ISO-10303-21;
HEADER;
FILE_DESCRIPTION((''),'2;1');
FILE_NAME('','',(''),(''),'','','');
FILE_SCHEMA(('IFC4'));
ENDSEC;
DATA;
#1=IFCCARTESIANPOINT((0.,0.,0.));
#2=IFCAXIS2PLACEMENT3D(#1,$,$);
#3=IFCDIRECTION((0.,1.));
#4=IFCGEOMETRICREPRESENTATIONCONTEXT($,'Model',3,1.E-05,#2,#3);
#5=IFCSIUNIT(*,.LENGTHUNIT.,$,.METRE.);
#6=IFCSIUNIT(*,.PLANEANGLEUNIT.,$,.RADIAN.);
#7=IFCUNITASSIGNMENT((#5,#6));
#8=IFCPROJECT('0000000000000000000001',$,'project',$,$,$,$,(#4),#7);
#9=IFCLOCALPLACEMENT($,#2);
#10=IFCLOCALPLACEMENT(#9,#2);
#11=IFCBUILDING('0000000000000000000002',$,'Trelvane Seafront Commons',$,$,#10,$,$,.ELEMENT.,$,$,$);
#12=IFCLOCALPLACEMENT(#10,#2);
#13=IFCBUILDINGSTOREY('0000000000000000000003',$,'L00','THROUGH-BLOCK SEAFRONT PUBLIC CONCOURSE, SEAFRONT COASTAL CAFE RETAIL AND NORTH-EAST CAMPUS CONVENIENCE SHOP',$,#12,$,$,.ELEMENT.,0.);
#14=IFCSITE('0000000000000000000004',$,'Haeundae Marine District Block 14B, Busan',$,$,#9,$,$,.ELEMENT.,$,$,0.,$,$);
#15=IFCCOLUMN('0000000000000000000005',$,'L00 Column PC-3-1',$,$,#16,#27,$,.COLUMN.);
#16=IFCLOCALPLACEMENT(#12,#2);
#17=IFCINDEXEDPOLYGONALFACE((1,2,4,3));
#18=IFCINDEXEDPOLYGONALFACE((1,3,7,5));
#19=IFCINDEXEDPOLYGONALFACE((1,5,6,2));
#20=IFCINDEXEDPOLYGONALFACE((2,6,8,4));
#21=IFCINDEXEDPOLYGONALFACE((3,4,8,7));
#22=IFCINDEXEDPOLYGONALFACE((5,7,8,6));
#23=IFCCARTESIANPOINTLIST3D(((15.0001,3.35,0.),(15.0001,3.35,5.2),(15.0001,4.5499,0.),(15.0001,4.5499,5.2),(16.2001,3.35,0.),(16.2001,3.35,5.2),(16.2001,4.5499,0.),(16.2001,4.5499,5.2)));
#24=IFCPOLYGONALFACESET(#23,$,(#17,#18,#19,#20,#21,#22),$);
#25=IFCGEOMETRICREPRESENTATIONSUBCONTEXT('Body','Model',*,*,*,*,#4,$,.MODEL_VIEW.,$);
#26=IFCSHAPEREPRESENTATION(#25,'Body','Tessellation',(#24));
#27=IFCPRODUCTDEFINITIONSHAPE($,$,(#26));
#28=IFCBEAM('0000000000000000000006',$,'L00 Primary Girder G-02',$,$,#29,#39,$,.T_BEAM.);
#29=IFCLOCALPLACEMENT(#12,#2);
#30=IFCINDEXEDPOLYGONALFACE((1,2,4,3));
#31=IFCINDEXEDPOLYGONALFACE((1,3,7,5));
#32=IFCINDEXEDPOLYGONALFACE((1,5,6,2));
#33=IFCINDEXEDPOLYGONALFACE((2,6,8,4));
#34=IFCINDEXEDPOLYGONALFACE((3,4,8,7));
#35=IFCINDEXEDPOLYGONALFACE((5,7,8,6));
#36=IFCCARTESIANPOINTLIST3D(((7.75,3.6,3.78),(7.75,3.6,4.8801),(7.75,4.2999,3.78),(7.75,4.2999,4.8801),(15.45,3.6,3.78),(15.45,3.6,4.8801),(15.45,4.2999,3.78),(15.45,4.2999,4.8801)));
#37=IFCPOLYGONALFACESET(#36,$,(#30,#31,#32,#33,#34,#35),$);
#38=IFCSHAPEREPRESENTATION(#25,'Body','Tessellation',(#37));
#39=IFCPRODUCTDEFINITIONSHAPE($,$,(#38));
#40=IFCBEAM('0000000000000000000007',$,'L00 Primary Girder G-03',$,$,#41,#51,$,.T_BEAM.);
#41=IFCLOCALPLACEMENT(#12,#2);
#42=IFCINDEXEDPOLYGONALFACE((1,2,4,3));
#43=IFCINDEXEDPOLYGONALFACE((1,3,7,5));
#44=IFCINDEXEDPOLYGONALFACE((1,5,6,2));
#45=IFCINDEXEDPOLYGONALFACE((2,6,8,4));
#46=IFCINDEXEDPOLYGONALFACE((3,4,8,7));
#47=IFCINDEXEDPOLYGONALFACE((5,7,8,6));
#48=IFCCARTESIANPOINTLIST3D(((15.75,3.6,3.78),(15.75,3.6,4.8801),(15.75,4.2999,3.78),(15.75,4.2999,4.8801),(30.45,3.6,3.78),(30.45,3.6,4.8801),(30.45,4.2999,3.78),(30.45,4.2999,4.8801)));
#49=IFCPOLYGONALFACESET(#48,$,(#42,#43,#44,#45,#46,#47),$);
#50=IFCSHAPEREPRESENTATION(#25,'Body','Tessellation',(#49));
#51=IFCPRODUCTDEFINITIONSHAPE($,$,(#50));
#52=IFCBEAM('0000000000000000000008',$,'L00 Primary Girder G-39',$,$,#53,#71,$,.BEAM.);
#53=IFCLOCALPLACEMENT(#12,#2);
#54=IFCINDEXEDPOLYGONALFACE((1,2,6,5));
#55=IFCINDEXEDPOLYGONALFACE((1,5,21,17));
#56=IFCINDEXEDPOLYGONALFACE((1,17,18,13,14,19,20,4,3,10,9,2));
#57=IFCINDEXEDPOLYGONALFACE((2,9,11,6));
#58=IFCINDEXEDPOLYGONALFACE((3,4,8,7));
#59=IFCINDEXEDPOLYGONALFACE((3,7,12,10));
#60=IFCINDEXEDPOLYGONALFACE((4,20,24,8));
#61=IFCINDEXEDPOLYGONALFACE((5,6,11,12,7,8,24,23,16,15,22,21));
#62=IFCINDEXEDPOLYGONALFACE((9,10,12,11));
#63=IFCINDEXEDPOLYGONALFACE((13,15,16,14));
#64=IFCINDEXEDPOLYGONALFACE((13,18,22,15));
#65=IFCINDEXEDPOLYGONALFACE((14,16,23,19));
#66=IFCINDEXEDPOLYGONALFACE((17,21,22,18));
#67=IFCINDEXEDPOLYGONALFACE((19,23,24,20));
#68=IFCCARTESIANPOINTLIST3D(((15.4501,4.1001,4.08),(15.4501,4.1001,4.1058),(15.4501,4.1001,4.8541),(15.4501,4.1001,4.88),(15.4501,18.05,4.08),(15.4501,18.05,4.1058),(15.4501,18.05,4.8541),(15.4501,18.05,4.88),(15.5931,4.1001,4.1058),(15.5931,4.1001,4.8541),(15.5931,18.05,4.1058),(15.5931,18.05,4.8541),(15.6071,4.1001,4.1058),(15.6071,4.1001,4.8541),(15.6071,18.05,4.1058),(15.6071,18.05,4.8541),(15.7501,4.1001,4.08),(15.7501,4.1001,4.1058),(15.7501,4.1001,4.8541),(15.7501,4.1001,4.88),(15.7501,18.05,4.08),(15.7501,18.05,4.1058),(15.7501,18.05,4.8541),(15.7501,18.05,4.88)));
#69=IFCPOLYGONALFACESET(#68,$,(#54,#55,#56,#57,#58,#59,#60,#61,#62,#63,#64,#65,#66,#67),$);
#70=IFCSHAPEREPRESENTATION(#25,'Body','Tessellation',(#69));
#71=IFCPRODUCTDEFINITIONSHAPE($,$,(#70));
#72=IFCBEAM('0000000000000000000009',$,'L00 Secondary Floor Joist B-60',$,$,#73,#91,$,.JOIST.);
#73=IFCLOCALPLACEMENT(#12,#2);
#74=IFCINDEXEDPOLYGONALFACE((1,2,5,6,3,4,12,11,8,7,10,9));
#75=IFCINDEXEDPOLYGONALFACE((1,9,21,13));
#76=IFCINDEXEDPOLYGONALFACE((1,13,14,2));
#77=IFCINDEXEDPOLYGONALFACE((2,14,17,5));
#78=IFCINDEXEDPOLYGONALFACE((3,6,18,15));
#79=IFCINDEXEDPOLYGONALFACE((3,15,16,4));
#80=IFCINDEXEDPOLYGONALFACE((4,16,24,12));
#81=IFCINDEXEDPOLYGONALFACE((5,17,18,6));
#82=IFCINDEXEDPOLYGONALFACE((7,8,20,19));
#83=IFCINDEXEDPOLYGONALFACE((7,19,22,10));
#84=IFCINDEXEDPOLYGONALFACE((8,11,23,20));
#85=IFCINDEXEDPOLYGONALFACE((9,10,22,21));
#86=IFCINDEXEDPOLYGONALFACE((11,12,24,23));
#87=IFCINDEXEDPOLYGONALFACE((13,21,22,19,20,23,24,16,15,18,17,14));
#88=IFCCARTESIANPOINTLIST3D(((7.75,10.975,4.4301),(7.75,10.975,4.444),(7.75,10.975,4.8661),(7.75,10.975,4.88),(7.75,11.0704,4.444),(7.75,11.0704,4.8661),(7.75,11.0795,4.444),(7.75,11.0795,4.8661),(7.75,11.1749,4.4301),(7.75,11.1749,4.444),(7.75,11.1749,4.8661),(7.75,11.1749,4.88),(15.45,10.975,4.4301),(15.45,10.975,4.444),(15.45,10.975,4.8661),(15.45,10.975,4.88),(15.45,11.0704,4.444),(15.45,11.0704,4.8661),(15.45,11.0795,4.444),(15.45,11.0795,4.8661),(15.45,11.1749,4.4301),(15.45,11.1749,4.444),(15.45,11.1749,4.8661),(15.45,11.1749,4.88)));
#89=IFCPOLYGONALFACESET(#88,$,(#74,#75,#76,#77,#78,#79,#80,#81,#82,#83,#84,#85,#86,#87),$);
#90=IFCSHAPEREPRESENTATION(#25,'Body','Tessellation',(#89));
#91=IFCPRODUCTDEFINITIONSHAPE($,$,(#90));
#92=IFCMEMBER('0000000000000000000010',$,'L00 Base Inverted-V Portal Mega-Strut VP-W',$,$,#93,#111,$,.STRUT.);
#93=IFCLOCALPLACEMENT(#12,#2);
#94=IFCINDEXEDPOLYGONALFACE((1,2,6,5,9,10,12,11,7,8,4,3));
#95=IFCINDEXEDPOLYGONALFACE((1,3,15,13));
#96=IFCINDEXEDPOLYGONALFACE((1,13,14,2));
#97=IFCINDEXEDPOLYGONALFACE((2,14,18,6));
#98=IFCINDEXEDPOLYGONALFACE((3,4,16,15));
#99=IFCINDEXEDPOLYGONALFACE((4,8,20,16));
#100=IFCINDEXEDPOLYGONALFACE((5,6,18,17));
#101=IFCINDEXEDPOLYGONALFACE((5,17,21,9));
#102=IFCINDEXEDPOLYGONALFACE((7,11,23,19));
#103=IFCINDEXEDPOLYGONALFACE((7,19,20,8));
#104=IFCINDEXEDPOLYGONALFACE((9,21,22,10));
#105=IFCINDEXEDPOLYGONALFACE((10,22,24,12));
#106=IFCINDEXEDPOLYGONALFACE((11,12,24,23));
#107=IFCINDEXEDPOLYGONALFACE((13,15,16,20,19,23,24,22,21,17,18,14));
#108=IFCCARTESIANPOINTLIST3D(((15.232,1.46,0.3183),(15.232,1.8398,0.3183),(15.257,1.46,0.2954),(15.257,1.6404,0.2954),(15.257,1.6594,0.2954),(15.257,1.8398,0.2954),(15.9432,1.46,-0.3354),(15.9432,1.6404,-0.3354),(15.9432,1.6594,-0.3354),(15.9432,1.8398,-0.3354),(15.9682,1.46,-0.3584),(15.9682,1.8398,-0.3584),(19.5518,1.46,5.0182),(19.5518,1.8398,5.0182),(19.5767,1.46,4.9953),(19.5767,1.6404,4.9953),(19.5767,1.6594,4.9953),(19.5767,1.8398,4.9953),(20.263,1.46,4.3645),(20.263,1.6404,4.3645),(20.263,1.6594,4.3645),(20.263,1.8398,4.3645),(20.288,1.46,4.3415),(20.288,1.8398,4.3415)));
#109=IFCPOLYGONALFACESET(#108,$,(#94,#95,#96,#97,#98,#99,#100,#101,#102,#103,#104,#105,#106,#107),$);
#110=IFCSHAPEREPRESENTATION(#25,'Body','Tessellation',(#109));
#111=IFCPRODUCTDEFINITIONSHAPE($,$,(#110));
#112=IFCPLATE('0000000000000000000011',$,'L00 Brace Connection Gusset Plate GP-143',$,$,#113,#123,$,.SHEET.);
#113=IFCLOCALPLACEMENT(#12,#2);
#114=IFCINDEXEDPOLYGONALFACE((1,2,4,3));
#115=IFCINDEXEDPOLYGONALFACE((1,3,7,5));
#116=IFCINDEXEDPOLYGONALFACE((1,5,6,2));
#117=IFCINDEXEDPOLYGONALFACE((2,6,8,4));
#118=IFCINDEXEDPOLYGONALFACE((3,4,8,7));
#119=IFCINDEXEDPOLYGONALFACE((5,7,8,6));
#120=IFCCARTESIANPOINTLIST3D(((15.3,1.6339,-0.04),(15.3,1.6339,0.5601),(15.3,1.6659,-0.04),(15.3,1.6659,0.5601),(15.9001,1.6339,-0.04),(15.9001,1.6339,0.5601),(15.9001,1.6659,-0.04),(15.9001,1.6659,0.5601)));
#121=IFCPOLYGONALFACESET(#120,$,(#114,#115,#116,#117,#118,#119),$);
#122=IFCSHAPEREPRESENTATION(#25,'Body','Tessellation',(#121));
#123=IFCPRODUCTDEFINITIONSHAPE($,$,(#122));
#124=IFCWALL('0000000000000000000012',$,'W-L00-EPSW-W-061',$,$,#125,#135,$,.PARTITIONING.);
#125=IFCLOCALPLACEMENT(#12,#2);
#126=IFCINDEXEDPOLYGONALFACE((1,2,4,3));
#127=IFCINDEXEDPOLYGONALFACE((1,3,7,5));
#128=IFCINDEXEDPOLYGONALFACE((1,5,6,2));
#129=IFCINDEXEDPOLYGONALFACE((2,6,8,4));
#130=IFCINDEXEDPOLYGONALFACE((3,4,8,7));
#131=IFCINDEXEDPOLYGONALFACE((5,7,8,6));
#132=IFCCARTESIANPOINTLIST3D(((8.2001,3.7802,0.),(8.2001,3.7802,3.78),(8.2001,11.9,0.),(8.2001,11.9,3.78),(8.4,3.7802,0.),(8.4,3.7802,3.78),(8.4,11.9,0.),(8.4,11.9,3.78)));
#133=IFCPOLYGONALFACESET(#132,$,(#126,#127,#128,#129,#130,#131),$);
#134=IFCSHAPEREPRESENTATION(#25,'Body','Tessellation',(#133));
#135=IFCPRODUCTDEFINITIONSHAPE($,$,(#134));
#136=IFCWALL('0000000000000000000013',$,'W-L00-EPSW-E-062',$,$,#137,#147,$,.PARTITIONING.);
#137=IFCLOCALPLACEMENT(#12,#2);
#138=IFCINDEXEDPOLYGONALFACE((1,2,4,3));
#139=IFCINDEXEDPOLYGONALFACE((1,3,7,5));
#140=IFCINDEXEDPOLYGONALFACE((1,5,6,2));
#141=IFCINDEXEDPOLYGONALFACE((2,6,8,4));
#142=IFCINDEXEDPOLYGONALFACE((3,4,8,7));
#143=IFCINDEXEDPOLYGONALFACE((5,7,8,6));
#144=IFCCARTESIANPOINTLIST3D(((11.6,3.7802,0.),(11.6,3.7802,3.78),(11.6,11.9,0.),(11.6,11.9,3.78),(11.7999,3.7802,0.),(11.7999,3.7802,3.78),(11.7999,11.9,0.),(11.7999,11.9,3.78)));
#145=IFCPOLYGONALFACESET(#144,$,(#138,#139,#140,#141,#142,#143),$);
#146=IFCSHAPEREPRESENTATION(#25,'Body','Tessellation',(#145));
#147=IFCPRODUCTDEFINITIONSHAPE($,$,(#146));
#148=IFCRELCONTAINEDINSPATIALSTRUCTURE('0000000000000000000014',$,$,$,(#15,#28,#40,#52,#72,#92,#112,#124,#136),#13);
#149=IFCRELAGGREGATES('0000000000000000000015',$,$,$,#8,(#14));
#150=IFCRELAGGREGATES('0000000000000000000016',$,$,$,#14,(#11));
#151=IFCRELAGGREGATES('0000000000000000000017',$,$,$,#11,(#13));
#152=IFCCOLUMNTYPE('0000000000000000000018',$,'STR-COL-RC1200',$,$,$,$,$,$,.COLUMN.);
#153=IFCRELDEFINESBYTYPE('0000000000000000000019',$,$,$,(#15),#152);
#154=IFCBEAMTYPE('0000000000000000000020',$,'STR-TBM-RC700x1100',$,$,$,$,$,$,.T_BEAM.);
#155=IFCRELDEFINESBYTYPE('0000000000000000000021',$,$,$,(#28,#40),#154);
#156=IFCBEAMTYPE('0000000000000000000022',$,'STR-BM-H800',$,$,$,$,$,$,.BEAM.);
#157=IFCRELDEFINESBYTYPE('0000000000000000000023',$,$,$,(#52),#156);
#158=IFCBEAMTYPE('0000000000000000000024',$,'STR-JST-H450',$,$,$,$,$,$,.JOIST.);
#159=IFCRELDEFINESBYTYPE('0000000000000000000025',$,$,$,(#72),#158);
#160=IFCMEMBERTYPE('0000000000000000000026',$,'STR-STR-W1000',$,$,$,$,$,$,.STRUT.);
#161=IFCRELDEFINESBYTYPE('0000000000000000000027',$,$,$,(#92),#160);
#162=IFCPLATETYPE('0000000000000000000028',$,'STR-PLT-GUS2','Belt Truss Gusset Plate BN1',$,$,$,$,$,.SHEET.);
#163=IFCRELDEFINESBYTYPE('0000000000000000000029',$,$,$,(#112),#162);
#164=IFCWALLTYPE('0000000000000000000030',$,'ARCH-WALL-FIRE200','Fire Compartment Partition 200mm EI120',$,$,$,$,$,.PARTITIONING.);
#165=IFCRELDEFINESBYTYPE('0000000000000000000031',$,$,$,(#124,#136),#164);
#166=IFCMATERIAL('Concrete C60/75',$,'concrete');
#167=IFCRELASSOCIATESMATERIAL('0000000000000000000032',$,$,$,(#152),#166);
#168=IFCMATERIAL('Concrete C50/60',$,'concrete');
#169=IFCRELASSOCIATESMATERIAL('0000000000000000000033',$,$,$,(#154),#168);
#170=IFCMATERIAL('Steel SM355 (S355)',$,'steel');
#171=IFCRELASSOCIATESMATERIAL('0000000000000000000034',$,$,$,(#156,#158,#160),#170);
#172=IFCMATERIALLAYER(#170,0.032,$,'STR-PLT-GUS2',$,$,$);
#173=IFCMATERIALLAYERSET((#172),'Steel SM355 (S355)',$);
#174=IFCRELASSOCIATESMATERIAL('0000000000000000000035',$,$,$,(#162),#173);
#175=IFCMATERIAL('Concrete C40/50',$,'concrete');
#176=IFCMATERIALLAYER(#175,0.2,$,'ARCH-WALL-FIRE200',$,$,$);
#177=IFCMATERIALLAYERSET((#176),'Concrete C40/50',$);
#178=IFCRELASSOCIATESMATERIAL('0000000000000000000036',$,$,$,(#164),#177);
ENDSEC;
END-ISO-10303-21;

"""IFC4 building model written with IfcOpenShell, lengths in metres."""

from ifc_helpers import new_model, si_unit, direction, frame, frame_2d, origin, origin_2d, place, context, subcontext, project, spatial, rectangle, i_section, extrude, source, transform, mapped, material, layer, layer_set, material_profile, profile_set, type_object, element, save


model = new_model("IFC4")

# Units and contexts
model_context = context("Model", 3, precision=1e-05, world=origin(), true_north=direction((0.0, 1.0)))
body_context = subcontext(model_context, "Body", "Model", "MODEL_VIEW")
ifc_project = project(units=[si_unit("LENGTHUNIT", "METRE"), si_unit("PLANEANGLEUNIT", "RADIAN")], contexts=[model_context])

# Site, building, storey
site_placement = place(None, origin())
site = spatial("IfcSite", under=ifc_project, at=site_placement, Name="Haeundae Marine District Block 14B, Busan", CompositionType="ELEMENT", RefElevation=0.0)
building_placement = place(site_placement, origin())
building = spatial("IfcBuilding", under=site, at=building_placement, Name="Trelvane Seafront Commons", CompositionType="ELEMENT")
storey_placement = place(building_placement, origin())
storey = spatial("IfcBuildingStorey", under=building, at=storey_placement, Name="L00", Description="THROUGH-BLOCK SEAFRONT PUBLIC CONCOURSE, SEAFRONT COASTAL CAFE RETAIL AND NORTH-EAST CAMPUS CONVENIENCE SHOP", CompositionType="ELEMENT", Elevation=0.0)

# Column
ifc_material_1 = material(Name="Concrete C60/75", Category="concrete")
ifc_material_profile_1 = material_profile(ifc_material_1, rectangle(XDim=1.2, YDim=1.2, at=origin_2d()), Name="RC-1200x1200")
ifc_profile_set_1 = profile_set([ifc_material_profile_1], Name="Concrete C60/75")
column_type = type_object("IfcColumnType", Name="STR-COL-RC1200", PredefinedType="COLUMN", material=ifc_profile_set_1)
shared_shape_1 = source(origin(), body_context, "Body", "SweptSolid", [
    extrude(rectangle(XDim=1.2, YDim=1.2, at=origin_2d()), origin(), (0.0, 0.0, 1.0), 5.2),
])
column_placement = place(storey_placement, frame((15.6001, 3.95, 0.0), z_axis=(0.0, 0.0, 1.0), x_axis=(1.0, 0.0, 0.0)))
element("IfcColumn", 1, at=column_placement, inside=storey, type_object=column_type, Name="L00 Column PC-3-1", PredefinedType="COLUMN", context=body_context, shape_type="MappedRepresentation", body=[
    mapped(shared_shape_1, transform((0.0, 0.0, 0.0), x_axis=(1.0, 0.0, 0.0), y_axis=(0.0, 1.0, 0.0), z_axis=(0.0, 0.0, 1.0), scale=1.0)),
])

# Beams
ifc_material_2 = material(Name="Concrete C50/60", Category="concrete")
ifc_material_profile_2 = material_profile(ifc_material_2, rectangle(XDim=0.7, YDim=1.1001, at=origin_2d()), Name="RC-700x1100")
ifc_profile_set_2 = profile_set([ifc_material_profile_2], Name="Concrete C50/60")
beam_type_1 = type_object("IfcBeamType", Name="STR-TBM-RC700x1100", PredefinedType="T_BEAM", material=ifc_profile_set_2)
shared_shape_2 = source(origin(), body_context, "Body", "SweptSolid", [
    extrude(rectangle(XDim=0.7, YDim=1.1001, at=origin_2d()), origin(), (0.0, 0.0, 1.0), 7.7),
])
beam_1_placement = place(storey_placement, frame((7.75, 3.95, 4.3301), z_axis=(1.0, 0.0, 0.0), x_axis=(0.0, 1.0, 0.0)))
element("IfcBeam", 2, at=beam_1_placement, inside=storey, type_object=beam_type_1, Name="L00 Primary Girder G-02", PredefinedType="T_BEAM", context=body_context, shape_type="MappedRepresentation", body=[
    mapped(shared_shape_2, transform((0.0, 0.0, 0.0), x_axis=(1.0, 0.0, 0.0), y_axis=(0.0, 1.0, 0.0), z_axis=(0.0, 0.0, 1.0), scale=1.0)),
])
shared_shape_3 = source(origin(), body_context, "Body", "SweptSolid", [
    extrude(rectangle(XDim=0.7, YDim=1.1001, at=origin_2d()), origin(), (0.0, 0.0, 1.0), 14.7),
])
beam_2_placement = place(storey_placement, frame((15.75, 3.95, 4.3301), z_axis=(1.0, 0.0, 0.0), x_axis=(0.0, 1.0, 0.0)))
element("IfcBeam", 3, at=beam_2_placement, inside=storey, type_object=beam_type_1, Name="L00 Primary Girder G-03", PredefinedType="T_BEAM", context=body_context, shape_type="MappedRepresentation", body=[
    mapped(shared_shape_3, transform((0.0, 0.0, 0.0), x_axis=(1.0, 0.0, 0.0), y_axis=(0.0, 1.0, 0.0), z_axis=(0.0, 0.0, 1.0), scale=1.0)),
])
ifc_material_3 = material(Name="Steel SM355 (S355)", Category="steel")
ifc_material_profile_3 = material_profile(ifc_material_3, i_section(OverallWidth=0.3, OverallDepth=0.8, WebThickness=0.0139, FlangeThickness=0.0259, at=origin_2d()), Name="H-800x300x14x26")
ifc_profile_set_3 = profile_set([ifc_material_profile_3], Name="Steel SM355 (S355)")
beam_type_2 = type_object("IfcBeamType", Name="STR-BM-H800", PredefinedType="BEAM", material=ifc_profile_set_3)
shared_shape_4 = source(origin(), body_context, "Body", "SweptSolid", [
    extrude(i_section(OverallWidth=0.3, OverallDepth=0.8, WebThickness=0.0139, FlangeThickness=0.0259, at=origin_2d()), origin(), (0.0, 0.0, 1.0), 13.95),
])
beam_3_placement = place(storey_placement, frame((15.6001, 4.1001, 4.48), z_axis=(0.0, 1.0, 0.0), x_axis=(-1.0, 0.0, 0.0)))
element("IfcBeam", 4, at=beam_3_placement, inside=storey, type_object=beam_type_2, Name="L00 Primary Girder G-39", PredefinedType="BEAM", context=body_context, shape_type="MappedRepresentation", body=[
    mapped(shared_shape_4, transform((0.0, 0.0, 0.0), x_axis=(1.0, 0.0, 0.0), y_axis=(0.0, 1.0, 0.0), z_axis=(0.0, 0.0, 1.0), scale=1.0)),
])
ifc_material_profile_4 = material_profile(ifc_material_3, i_section(OverallWidth=0.2, OverallDepth=0.45, WebThickness=0.009, FlangeThickness=0.0139, at=origin_2d()), Name="H-450x200x9x14")
ifc_profile_set_4 = profile_set([ifc_material_profile_4], Name="Steel SM355 (S355)")
beam_type_3 = type_object("IfcBeamType", Name="STR-JST-H450", PredefinedType="JOIST", material=ifc_profile_set_4)
shared_shape_5 = source(origin(), body_context, "Body", "SweptSolid", [
    extrude(i_section(OverallWidth=0.2, OverallDepth=0.45, WebThickness=0.009, FlangeThickness=0.0139, at=origin_2d()), origin(), (0.0, 0.0, 1.0), 7.7),
])
beam_4_placement = place(storey_placement, frame((7.75, 11.075, 4.655), z_axis=(1.0, 0.0, 0.0), x_axis=(0.0, 1.0, 0.0)))
element("IfcBeam", 5, at=beam_4_placement, inside=storey, type_object=beam_type_3, Name="L00 Secondary Floor Joist B-60", PredefinedType="JOIST", context=body_context, shape_type="MappedRepresentation", body=[
    mapped(shared_shape_5, transform((0.0, 0.0, 0.0), x_axis=(1.0, 0.0, 0.0), y_axis=(0.0, 1.0, 0.0), z_axis=(0.0, 0.0, 1.0), scale=1.0)),
])

# Member
ifc_material_profile_5 = material_profile(ifc_material_3, i_section(OverallWidth=0.3799, OverallDepth=1.0, WebThickness=0.019, FlangeThickness=0.0339, at=origin_2d()), Name="W-1000x380x19x34")
ifc_profile_set_5 = profile_set([ifc_material_profile_5], Name="Steel SM355 (S355)")
member_type = type_object("IfcMemberType", Name="STR-STR-W1000", PredefinedType="STRUT", material=ifc_profile_set_5)
shared_shape_6 = source(origin(), body_context, "Body", "SweptSolid", [
    extrude(i_section(OverallWidth=0.3799, OverallDepth=1.0, WebThickness=0.019, FlangeThickness=0.0339, at=origin_2d()), origin(), (0.0, 0.0, 1.0), 6.3835),
])
member_placement = place(storey_placement, frame((15.6001, 1.6499, -0.02), z_axis=(0.676706, 0.0, 0.736253), x_axis=(0.0, 1.0, 0.0)))
element("IfcMember", 6, at=member_placement, inside=storey, type_object=member_type, Name="L00 Base Inverted-V Portal Mega-Strut VP-W", PredefinedType="STRUT", context=body_context, shape_type="MappedRepresentation", body=[
    mapped(shared_shape_6, transform((0.0, 0.0, 0.0), x_axis=(1.0, 0.0, 0.0), y_axis=(0.0, 1.0, 0.0), z_axis=(0.0, 0.0, 1.0), scale=1.0)),
])

# Plate
ifc_layer_1 = layer(ifc_material_3, 0.032, Name="STR-PLT-GUS2")
ifc_layer_set_1 = layer_set([ifc_layer_1], Name="Steel SM355 (S355)")
plate_type = type_object("IfcPlateType", Name="STR-PLT-GUS2", Description="Belt Truss Gusset Plate BN1", PredefinedType="SHEET", material=ifc_layer_set_1)
shared_shape_7 = source(origin(), body_context, "Body", "SweptSolid", [
    extrude(rectangle(XDim=0.6001, YDim=0.032, at=origin_2d()), origin(), (0.0, 0.0, 1.0), 0.6001),
])
plate_placement = place(storey_placement, frame((15.6001, 1.6499, -0.04), z_axis=(0.0, 0.0, 1.0), x_axis=(1.0, 0.0, 0.0)))
element("IfcPlate", 7, at=plate_placement, inside=storey, type_object=plate_type, Name="L00 Brace Connection Gusset Plate GP-143", PredefinedType="SHEET", context=body_context, shape_type="MappedRepresentation", body=[
    mapped(shared_shape_7, transform((0.0, 0.0, 0.0), x_axis=(1.0, 0.0, 0.0), y_axis=(0.0, 1.0, 0.0), z_axis=(0.0, 0.0, 1.0), scale=1.0)),
])

# Walls
ifc_material_4 = material(Name="Concrete C40/50", Category="concrete")
ifc_layer_2 = layer(ifc_material_4, 0.2, Name="ARCH-WALL-FIRE200")
ifc_layer_set_2 = layer_set([ifc_layer_2], Name="Concrete C40/50")
wall_type_1 = type_object("IfcWallType", Name="ARCH-WALL-FIRE200", Description="Fire Compartment Partition 200mm EI120", PredefinedType="PARTITIONING", material=ifc_layer_set_2)
for number, where, z_axis, x_axis, name in (
    (8, (8.3, 3.78, 0.0), (0.0, 0.0, 1.0), (0.0, 1.0, 0.0), "W-L00-EPSW-W-061"),
    (9, (11.7, 3.78, 0.0), (0.0, 0.0, 1.0), (0.0, 1.0, 0.0), "W-L00-EPSW-E-062"),
):
    element("IfcWall", number, at=place(storey_placement, frame(where, z_axis=z_axis, x_axis=x_axis)), inside=storey, type_object=wall_type_1, Name=name, PredefinedType="PARTITIONING", context=body_context, shape_type="SweptSolid", body=[
        extrude(rectangle(XDim=8.1199, YDim=0.2, at=frame_2d((4.0601, 0.0))), origin(), (0.0, 0.0, 1.0), 3.78),
    ])

save(model, "model.ifc")
